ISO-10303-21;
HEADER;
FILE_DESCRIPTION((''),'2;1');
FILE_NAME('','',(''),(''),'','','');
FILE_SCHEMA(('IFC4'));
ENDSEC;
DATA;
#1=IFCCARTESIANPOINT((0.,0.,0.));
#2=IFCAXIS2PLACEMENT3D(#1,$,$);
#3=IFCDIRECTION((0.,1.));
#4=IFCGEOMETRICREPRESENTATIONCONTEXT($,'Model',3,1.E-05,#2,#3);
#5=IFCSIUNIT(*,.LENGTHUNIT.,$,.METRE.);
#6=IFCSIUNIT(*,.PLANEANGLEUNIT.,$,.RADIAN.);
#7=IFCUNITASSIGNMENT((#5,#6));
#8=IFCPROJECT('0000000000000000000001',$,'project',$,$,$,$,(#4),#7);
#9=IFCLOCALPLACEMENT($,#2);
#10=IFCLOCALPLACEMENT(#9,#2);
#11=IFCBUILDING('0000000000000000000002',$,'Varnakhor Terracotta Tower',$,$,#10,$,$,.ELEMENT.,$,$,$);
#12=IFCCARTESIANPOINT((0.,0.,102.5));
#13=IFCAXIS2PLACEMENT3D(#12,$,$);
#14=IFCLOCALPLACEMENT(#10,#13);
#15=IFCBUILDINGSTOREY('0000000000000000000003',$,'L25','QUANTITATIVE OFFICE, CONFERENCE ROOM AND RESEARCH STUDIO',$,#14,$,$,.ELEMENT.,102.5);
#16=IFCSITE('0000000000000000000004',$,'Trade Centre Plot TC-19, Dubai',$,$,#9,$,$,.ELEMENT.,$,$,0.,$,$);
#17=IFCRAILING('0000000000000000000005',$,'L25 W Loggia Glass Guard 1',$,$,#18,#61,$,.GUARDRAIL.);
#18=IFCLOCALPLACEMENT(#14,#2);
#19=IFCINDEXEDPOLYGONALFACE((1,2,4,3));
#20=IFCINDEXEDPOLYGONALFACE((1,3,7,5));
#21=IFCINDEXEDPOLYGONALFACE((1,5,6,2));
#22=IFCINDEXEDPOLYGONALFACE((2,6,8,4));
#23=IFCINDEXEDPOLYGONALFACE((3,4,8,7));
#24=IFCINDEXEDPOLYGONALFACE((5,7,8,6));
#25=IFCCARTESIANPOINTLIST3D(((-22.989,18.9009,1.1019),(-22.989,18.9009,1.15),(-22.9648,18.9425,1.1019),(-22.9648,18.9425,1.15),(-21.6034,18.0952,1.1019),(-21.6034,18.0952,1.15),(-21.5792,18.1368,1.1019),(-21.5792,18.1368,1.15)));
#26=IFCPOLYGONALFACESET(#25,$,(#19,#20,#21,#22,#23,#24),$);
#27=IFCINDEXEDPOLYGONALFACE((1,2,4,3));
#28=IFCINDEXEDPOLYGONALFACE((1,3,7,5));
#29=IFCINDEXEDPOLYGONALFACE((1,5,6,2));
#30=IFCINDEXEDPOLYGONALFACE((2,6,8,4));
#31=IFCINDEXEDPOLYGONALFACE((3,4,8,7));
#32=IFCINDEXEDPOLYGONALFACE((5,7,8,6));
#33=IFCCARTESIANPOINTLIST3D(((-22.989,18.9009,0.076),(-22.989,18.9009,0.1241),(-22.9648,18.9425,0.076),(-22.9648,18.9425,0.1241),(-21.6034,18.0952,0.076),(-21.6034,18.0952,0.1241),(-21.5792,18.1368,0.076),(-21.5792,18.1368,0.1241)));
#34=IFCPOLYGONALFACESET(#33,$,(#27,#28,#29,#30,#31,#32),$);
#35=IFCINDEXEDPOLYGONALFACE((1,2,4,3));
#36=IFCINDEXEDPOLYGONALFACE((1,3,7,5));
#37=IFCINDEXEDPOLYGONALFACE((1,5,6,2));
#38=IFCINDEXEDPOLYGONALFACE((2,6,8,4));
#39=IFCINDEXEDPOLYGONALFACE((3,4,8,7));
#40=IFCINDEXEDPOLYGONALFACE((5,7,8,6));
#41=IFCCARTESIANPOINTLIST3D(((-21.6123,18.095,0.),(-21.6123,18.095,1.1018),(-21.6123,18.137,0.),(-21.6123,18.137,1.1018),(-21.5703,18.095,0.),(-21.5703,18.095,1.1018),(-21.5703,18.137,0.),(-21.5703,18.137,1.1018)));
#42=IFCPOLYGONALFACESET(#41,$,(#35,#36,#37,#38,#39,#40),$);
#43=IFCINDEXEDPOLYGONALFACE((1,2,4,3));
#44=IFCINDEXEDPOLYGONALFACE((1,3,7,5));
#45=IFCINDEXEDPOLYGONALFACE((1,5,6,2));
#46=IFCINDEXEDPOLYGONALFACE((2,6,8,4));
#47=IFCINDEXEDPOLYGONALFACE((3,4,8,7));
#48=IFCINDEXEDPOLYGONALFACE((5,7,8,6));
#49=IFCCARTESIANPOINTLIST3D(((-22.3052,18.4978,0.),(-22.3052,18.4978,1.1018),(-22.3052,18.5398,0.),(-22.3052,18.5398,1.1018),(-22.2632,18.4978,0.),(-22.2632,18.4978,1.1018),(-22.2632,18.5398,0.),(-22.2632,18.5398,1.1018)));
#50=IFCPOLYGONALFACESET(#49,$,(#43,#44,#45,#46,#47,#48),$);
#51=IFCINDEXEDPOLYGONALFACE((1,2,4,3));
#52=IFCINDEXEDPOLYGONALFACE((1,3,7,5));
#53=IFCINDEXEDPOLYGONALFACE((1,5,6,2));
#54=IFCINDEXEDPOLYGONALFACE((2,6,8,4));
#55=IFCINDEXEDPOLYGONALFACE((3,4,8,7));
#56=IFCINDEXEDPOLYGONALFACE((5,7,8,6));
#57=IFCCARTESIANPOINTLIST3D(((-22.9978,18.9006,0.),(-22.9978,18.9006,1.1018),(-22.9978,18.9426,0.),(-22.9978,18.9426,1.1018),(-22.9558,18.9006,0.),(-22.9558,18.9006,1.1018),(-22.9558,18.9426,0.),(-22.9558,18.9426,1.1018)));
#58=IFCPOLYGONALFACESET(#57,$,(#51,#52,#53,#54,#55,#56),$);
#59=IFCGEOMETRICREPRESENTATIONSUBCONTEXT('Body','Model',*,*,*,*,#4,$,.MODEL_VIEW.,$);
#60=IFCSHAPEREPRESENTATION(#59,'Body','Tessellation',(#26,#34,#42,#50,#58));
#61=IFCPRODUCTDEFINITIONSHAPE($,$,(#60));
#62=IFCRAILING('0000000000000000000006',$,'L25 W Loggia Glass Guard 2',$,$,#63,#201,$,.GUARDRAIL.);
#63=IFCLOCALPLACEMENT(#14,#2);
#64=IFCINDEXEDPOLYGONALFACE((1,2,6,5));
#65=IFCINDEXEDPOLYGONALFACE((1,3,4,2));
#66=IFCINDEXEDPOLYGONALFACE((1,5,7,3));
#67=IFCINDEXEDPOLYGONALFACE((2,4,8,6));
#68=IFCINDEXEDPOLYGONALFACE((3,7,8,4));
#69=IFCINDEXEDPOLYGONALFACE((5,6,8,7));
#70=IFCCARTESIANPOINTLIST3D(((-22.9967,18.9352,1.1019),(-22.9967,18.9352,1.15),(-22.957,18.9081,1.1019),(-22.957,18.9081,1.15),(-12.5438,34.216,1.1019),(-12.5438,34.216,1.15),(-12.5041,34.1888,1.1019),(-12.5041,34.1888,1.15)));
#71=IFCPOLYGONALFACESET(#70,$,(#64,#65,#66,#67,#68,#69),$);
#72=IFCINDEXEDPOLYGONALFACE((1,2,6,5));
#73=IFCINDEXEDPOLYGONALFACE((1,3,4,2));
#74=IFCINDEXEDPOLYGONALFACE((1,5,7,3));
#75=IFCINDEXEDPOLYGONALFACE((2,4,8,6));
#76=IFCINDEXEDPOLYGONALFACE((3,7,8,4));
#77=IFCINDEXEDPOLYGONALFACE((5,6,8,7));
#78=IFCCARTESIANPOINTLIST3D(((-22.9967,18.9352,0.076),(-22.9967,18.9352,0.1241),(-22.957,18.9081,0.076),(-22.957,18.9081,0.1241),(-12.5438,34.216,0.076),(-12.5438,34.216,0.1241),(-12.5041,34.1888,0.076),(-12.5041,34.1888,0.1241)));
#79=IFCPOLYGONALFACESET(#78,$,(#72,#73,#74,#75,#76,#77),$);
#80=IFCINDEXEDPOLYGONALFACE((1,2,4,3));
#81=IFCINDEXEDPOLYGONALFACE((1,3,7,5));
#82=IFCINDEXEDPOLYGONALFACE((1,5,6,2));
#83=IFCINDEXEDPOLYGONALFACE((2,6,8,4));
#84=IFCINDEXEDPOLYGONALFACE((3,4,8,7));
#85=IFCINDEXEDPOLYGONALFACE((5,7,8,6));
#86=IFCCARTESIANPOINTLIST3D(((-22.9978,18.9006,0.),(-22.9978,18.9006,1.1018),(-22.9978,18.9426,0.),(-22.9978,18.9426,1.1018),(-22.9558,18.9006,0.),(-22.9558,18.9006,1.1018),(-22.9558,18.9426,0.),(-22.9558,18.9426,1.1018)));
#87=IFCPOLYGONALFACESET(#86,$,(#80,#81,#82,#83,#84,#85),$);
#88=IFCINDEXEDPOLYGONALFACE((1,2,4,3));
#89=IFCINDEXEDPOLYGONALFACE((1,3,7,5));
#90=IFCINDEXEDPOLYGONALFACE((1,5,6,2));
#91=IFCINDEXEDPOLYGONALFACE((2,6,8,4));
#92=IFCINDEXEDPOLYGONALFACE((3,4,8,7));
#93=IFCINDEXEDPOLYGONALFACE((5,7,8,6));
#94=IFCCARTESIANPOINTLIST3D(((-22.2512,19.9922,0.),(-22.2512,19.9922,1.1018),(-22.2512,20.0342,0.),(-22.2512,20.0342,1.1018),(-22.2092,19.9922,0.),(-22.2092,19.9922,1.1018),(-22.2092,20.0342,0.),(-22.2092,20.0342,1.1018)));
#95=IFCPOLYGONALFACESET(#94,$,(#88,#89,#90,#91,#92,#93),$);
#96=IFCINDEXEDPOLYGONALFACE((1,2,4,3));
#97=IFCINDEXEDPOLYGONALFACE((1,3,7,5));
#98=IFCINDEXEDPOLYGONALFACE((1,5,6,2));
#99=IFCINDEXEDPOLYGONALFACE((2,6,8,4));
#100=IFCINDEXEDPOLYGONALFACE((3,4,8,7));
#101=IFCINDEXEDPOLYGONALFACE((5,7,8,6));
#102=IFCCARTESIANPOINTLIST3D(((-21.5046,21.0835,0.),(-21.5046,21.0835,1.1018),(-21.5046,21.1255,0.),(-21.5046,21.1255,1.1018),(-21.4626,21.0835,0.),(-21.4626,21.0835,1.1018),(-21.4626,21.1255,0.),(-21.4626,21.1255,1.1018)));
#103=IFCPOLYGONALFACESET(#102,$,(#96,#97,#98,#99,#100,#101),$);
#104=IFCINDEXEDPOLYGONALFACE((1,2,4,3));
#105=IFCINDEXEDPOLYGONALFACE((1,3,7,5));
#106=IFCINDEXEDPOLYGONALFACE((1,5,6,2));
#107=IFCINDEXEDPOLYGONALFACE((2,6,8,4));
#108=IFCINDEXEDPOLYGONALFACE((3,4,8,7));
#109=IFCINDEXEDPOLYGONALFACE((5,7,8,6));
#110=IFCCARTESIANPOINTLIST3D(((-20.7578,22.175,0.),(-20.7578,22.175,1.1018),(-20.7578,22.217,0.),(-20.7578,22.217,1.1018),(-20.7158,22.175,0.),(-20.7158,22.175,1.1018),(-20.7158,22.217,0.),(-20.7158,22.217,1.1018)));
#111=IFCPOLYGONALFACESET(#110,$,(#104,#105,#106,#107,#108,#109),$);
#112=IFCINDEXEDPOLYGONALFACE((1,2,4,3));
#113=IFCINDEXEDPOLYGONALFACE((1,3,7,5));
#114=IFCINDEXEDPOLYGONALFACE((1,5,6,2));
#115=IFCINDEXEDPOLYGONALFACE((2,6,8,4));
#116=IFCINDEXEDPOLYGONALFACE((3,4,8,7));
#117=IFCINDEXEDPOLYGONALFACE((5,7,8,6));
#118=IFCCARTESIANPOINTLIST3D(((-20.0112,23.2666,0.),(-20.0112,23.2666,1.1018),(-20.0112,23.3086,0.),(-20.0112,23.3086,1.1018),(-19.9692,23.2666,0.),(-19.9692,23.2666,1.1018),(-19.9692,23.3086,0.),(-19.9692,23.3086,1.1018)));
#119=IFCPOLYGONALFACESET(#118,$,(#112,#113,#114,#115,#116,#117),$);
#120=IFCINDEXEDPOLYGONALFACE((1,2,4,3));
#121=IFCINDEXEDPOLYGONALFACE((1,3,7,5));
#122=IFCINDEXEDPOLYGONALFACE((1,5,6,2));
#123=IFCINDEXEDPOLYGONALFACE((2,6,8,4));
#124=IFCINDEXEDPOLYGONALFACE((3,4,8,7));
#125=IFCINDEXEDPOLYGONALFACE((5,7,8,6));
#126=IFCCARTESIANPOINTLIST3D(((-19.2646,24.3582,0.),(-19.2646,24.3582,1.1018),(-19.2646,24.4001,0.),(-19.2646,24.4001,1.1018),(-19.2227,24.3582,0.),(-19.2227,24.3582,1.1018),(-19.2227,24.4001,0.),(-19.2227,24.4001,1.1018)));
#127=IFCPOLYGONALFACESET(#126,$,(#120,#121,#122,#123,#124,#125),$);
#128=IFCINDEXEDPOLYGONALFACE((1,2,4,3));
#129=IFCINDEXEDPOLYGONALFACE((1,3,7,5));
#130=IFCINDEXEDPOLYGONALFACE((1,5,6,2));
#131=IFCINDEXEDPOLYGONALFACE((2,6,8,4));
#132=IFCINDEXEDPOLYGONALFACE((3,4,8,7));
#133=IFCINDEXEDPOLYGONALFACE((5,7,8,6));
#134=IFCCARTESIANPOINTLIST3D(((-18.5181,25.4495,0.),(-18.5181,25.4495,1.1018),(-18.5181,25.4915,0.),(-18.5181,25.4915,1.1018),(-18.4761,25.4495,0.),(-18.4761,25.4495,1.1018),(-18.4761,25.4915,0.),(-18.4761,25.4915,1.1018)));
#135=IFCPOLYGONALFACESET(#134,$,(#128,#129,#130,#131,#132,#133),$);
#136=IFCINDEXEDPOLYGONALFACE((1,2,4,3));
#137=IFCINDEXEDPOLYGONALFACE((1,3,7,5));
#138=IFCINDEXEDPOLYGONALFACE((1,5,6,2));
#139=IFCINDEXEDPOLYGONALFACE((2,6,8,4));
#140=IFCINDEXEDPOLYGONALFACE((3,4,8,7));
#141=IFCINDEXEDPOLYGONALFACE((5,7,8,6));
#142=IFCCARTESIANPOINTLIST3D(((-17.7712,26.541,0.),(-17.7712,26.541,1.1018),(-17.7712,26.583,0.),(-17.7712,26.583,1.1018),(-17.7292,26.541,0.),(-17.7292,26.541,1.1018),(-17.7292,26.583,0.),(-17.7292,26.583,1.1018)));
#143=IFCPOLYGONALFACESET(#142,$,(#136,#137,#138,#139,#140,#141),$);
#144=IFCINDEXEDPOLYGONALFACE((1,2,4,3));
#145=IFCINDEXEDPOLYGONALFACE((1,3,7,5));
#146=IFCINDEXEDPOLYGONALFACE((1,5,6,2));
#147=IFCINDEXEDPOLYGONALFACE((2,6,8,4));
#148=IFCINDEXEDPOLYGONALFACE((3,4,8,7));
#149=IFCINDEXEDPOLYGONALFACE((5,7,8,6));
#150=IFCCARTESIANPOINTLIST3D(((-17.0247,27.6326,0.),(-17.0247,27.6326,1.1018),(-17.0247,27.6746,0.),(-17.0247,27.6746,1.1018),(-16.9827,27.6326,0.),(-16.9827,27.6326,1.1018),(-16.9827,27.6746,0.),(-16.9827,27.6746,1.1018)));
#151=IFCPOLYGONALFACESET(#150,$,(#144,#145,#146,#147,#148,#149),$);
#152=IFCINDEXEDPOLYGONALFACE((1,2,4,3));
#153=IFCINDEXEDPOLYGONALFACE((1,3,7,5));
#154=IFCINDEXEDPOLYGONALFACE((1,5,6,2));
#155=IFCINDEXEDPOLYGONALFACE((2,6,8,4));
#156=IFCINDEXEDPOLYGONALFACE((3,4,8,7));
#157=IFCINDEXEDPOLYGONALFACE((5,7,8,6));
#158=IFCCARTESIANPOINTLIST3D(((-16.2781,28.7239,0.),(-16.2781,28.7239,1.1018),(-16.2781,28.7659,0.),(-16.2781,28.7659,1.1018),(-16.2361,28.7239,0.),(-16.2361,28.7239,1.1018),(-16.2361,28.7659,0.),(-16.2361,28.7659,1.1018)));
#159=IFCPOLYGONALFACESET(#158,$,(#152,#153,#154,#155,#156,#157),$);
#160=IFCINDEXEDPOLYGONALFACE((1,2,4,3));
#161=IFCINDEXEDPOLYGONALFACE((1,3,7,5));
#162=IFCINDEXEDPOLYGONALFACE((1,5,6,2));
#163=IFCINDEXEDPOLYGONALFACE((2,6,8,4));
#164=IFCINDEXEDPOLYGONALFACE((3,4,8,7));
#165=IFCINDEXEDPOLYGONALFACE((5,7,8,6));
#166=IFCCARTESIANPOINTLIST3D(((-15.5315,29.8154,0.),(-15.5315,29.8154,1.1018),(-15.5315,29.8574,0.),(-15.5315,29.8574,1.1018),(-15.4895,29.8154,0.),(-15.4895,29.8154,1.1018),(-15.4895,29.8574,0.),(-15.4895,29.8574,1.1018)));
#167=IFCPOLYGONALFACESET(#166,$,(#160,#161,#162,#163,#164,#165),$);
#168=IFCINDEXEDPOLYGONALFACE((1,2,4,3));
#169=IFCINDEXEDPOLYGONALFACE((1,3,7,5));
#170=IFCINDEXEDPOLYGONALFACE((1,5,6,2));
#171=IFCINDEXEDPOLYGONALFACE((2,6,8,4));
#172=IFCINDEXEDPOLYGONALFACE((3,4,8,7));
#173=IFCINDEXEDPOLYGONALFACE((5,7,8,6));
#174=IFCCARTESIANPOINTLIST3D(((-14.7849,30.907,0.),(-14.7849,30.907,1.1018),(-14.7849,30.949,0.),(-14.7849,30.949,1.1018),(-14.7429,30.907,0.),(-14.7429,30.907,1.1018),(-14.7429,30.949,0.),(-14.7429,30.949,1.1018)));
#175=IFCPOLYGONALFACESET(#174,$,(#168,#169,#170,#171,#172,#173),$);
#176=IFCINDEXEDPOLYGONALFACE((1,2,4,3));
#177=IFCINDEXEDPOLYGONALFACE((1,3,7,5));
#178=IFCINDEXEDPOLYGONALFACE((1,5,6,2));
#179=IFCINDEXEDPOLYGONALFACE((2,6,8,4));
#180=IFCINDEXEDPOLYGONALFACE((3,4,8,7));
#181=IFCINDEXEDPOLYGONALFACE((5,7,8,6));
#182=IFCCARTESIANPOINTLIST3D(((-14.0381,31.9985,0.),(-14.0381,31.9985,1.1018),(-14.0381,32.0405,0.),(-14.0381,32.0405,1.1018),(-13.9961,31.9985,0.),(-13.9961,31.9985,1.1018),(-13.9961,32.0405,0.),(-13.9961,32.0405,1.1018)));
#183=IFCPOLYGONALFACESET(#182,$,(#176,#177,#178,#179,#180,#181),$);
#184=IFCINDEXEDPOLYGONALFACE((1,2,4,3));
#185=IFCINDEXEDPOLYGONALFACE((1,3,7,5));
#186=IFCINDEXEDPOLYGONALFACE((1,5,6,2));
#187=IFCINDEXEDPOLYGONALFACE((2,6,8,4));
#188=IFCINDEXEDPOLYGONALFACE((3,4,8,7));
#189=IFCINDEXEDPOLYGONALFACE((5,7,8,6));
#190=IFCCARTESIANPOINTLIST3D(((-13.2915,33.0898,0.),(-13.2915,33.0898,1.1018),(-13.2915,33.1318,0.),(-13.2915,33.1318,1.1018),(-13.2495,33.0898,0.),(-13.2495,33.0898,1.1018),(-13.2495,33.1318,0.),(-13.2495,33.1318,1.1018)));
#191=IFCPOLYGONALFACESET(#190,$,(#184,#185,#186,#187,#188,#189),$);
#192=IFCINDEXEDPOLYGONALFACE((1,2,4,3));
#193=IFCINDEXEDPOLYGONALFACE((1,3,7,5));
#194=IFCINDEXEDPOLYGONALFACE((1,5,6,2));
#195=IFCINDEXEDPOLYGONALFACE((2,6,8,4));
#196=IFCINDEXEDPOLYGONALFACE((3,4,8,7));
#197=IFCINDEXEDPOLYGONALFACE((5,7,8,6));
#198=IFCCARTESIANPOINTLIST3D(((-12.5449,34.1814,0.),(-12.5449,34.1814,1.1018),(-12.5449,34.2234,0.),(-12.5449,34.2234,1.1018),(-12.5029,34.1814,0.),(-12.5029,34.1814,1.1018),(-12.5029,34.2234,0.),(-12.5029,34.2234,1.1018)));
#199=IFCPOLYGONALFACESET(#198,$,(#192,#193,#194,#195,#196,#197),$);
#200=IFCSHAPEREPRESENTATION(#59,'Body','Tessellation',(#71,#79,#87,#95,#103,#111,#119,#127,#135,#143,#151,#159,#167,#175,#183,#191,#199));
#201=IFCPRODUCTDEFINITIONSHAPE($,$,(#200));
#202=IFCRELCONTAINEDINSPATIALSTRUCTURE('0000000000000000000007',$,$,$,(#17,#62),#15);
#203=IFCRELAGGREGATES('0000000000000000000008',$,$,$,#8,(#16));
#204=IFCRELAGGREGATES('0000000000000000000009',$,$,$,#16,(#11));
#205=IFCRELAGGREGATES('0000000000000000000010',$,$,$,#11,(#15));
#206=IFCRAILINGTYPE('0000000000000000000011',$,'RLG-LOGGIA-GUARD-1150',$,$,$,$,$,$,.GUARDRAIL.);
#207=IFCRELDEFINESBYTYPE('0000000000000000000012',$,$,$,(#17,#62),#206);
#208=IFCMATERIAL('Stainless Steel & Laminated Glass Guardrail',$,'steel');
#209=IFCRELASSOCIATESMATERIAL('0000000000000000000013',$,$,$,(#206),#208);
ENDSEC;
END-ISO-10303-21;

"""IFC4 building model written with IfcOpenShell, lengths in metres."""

from ifc_helpers import new_model, si_unit, direction, frame, origin, origin_2d, place, context, subcontext, project, spatial, rectangle, extrude, material, type_object, element, save


model = new_model("IFC4")

# Units and contexts
model_context = context("Model", 3, precision=1e-05, world=origin(), true_north=direction((0.0, 1.0)))
body_context = subcontext(model_context, "Body", "Model", "MODEL_VIEW")
ifc_project = project(units=[si_unit("LENGTHUNIT", "METRE"), si_unit("PLANEANGLEUNIT", "RADIAN")], contexts=[model_context])

# Site, building, storey
site_placement = place(None, origin())
site = spatial("IfcSite", under=ifc_project, at=site_placement, Name="Trade Centre Plot TC-19, Dubai", CompositionType="ELEMENT", RefElevation=0.0)
building_placement = place(site_placement, origin())
building = spatial("IfcBuilding", under=site, at=building_placement, Name="Varnakhor Terracotta Tower", CompositionType="ELEMENT")
storey_placement = place(building_placement, frame((0.0, 0.0, 102.5)))
storey = spatial("IfcBuildingStorey", under=building, at=storey_placement, Name="L25", Description="QUANTITATIVE OFFICE, CONFERENCE ROOM AND RESEARCH STUDIO", CompositionType="ELEMENT", Elevation=102.5)

# Railings
ifc_material_1 = material(Name="Stainless Steel & Laminated Glass Guardrail", Category="steel")
railing_type = type_object("IfcRailingType", Name="RLG-LOGGIA-GUARD-1150", PredefinedType="GUARDRAIL", material=ifc_material_1)
railing_1_placement = place(storey_placement, frame((-21.5913, 18.116, 0.0)))
element("IfcRailing", 1, at=railing_1_placement, inside=storey, type_object=railing_type, Name="L25 W Loggia Glass Guard 1", PredefinedType="GUARDRAIL", context=body_context, shape_type="SweptSolid", body=[
    extrude(rectangle(XDim=0.0481, YDim=0.0481, at=origin_2d()), frame((0.0, 0.0, 1.126), z_axis=(-0.864469, 0.502687, 0.0), x_axis=(-0.502687, -0.864469, 0.0)), (0.0, 0.0, 1.0), 1.6028),
    extrude(rectangle(XDim=0.0481, YDim=0.0481, at=origin_2d()), frame((0.0, 0.0, 0.1001), z_axis=(-0.864469, 0.502687, 0.0), x_axis=(-0.502687, -0.864469, 0.0)), (0.0, 0.0, 1.0), 1.6028),
    extrude(rectangle(XDim=0.042, YDim=0.042, at=origin_2d()), origin(), (0.0, 0.0, 1.0), 1.1018),
    extrude(rectangle(XDim=0.042, YDim=0.042, at=origin_2d()), frame((-0.6929, 0.4028, 0.0)), (0.0, 0.0, 1.0), 1.1018),
    extrude(rectangle(XDim=0.042, YDim=0.042, at=origin_2d()), frame((-1.3855, 0.8057, 0.0)), (0.0, 0.0, 1.0), 1.1018),
])
railing_2_placement = place(storey_placement, frame((-22.9768, 18.9216, 0.0)))
element("IfcRailing", 2, at=railing_2_placement, inside=storey, type_object=railing_type, Name="L25 W Loggia Glass Guard 2", PredefinedType="GUARDRAIL", context=body_context, shape_type="SweptSolid", body=[
    extrude(rectangle(XDim=0.0481, YDim=0.0481, at=origin_2d()), frame((0.0, 0.0, 1.126), z_axis=(0.564596, 0.825367, 0.0), x_axis=(-0.825367, 0.564596, 0.0)), (0.0, 0.0, 1.0), 18.5139),
    extrude(rectangle(XDim=0.0481, YDim=0.0481, at=origin_2d()), frame((0.0, 0.0, 0.1001), z_axis=(0.564596, 0.825367, 0.0), x_axis=(-0.825367, 0.564596, 0.0)), (0.0, 0.0, 1.0), 18.5139),
    extrude(rectangle(XDim=0.042, YDim=0.042, at=origin_2d()), origin(), (0.0, 0.0, 1.0), 1.1018),
    extrude(rectangle(XDim=0.042, YDim=0.042, at=origin_2d()), frame((0.7466, 1.0916, 0.0)), (0.0, 0.0, 1.0), 1.1018),
    extrude(rectangle(XDim=0.042, YDim=0.042, at=origin_2d()), frame((1.4932, 2.1829, 0.0)), (0.0, 0.0, 1.0), 1.1018),
    extrude(rectangle(XDim=0.042, YDim=0.042, at=origin_2d()), frame((2.24, 3.2744, 0.0)), (0.0, 0.0, 1.0), 1.1018),
    extrude(rectangle(XDim=0.042, YDim=0.042, at=origin_2d()), frame((2.9866, 4.366, 0.0)), (0.0, 0.0, 1.0), 1.1018),
    extrude(rectangle(XDim=0.042, YDim=0.042, at=origin_2d()), frame((3.7332, 5.4575, 0.0)), (0.0, 0.0, 1.0), 1.1018),
    extrude(rectangle(XDim=0.042, YDim=0.042, at=origin_2d()), frame((4.4797, 6.5488, 0.0)), (0.0, 0.0, 1.0), 1.1018),
    extrude(rectangle(XDim=0.042, YDim=0.042, at=origin_2d()), frame((5.2266, 7.6404, 0.0)), (0.0, 0.0, 1.0), 1.1018),
    extrude(rectangle(XDim=0.042, YDim=0.042, at=origin_2d()), frame((5.9731, 8.7319, 0.0)), (0.0, 0.0, 1.0), 1.1018),
    extrude(rectangle(XDim=0.042, YDim=0.042, at=origin_2d()), frame((6.7197, 9.8232, 0.0)), (0.0, 0.0, 1.0), 1.1018),
    extrude(rectangle(XDim=0.042, YDim=0.042, at=origin_2d()), frame((7.4663, 10.9148, 0.0)), (0.0, 0.0, 1.0), 1.1018),
    extrude(rectangle(XDim=0.042, YDim=0.042, at=origin_2d()), frame((8.2129, 12.0063, 0.0)), (0.0, 0.0, 1.0), 1.1018),
    extrude(rectangle(XDim=0.042, YDim=0.042, at=origin_2d()), frame((8.9597, 13.0979, 0.0)), (0.0, 0.0, 1.0), 1.1018),
    extrude(rectangle(XDim=0.042, YDim=0.042, at=origin_2d()), frame((9.7063, 14.1892, 0.0)), (0.0, 0.0, 1.0), 1.1018),
    extrude(rectangle(XDim=0.042, YDim=0.042, at=origin_2d()), frame((10.4529, 15.2808, 0.0)), (0.0, 0.0, 1.0), 1.1018),
])

save(model, "model.ifc")
